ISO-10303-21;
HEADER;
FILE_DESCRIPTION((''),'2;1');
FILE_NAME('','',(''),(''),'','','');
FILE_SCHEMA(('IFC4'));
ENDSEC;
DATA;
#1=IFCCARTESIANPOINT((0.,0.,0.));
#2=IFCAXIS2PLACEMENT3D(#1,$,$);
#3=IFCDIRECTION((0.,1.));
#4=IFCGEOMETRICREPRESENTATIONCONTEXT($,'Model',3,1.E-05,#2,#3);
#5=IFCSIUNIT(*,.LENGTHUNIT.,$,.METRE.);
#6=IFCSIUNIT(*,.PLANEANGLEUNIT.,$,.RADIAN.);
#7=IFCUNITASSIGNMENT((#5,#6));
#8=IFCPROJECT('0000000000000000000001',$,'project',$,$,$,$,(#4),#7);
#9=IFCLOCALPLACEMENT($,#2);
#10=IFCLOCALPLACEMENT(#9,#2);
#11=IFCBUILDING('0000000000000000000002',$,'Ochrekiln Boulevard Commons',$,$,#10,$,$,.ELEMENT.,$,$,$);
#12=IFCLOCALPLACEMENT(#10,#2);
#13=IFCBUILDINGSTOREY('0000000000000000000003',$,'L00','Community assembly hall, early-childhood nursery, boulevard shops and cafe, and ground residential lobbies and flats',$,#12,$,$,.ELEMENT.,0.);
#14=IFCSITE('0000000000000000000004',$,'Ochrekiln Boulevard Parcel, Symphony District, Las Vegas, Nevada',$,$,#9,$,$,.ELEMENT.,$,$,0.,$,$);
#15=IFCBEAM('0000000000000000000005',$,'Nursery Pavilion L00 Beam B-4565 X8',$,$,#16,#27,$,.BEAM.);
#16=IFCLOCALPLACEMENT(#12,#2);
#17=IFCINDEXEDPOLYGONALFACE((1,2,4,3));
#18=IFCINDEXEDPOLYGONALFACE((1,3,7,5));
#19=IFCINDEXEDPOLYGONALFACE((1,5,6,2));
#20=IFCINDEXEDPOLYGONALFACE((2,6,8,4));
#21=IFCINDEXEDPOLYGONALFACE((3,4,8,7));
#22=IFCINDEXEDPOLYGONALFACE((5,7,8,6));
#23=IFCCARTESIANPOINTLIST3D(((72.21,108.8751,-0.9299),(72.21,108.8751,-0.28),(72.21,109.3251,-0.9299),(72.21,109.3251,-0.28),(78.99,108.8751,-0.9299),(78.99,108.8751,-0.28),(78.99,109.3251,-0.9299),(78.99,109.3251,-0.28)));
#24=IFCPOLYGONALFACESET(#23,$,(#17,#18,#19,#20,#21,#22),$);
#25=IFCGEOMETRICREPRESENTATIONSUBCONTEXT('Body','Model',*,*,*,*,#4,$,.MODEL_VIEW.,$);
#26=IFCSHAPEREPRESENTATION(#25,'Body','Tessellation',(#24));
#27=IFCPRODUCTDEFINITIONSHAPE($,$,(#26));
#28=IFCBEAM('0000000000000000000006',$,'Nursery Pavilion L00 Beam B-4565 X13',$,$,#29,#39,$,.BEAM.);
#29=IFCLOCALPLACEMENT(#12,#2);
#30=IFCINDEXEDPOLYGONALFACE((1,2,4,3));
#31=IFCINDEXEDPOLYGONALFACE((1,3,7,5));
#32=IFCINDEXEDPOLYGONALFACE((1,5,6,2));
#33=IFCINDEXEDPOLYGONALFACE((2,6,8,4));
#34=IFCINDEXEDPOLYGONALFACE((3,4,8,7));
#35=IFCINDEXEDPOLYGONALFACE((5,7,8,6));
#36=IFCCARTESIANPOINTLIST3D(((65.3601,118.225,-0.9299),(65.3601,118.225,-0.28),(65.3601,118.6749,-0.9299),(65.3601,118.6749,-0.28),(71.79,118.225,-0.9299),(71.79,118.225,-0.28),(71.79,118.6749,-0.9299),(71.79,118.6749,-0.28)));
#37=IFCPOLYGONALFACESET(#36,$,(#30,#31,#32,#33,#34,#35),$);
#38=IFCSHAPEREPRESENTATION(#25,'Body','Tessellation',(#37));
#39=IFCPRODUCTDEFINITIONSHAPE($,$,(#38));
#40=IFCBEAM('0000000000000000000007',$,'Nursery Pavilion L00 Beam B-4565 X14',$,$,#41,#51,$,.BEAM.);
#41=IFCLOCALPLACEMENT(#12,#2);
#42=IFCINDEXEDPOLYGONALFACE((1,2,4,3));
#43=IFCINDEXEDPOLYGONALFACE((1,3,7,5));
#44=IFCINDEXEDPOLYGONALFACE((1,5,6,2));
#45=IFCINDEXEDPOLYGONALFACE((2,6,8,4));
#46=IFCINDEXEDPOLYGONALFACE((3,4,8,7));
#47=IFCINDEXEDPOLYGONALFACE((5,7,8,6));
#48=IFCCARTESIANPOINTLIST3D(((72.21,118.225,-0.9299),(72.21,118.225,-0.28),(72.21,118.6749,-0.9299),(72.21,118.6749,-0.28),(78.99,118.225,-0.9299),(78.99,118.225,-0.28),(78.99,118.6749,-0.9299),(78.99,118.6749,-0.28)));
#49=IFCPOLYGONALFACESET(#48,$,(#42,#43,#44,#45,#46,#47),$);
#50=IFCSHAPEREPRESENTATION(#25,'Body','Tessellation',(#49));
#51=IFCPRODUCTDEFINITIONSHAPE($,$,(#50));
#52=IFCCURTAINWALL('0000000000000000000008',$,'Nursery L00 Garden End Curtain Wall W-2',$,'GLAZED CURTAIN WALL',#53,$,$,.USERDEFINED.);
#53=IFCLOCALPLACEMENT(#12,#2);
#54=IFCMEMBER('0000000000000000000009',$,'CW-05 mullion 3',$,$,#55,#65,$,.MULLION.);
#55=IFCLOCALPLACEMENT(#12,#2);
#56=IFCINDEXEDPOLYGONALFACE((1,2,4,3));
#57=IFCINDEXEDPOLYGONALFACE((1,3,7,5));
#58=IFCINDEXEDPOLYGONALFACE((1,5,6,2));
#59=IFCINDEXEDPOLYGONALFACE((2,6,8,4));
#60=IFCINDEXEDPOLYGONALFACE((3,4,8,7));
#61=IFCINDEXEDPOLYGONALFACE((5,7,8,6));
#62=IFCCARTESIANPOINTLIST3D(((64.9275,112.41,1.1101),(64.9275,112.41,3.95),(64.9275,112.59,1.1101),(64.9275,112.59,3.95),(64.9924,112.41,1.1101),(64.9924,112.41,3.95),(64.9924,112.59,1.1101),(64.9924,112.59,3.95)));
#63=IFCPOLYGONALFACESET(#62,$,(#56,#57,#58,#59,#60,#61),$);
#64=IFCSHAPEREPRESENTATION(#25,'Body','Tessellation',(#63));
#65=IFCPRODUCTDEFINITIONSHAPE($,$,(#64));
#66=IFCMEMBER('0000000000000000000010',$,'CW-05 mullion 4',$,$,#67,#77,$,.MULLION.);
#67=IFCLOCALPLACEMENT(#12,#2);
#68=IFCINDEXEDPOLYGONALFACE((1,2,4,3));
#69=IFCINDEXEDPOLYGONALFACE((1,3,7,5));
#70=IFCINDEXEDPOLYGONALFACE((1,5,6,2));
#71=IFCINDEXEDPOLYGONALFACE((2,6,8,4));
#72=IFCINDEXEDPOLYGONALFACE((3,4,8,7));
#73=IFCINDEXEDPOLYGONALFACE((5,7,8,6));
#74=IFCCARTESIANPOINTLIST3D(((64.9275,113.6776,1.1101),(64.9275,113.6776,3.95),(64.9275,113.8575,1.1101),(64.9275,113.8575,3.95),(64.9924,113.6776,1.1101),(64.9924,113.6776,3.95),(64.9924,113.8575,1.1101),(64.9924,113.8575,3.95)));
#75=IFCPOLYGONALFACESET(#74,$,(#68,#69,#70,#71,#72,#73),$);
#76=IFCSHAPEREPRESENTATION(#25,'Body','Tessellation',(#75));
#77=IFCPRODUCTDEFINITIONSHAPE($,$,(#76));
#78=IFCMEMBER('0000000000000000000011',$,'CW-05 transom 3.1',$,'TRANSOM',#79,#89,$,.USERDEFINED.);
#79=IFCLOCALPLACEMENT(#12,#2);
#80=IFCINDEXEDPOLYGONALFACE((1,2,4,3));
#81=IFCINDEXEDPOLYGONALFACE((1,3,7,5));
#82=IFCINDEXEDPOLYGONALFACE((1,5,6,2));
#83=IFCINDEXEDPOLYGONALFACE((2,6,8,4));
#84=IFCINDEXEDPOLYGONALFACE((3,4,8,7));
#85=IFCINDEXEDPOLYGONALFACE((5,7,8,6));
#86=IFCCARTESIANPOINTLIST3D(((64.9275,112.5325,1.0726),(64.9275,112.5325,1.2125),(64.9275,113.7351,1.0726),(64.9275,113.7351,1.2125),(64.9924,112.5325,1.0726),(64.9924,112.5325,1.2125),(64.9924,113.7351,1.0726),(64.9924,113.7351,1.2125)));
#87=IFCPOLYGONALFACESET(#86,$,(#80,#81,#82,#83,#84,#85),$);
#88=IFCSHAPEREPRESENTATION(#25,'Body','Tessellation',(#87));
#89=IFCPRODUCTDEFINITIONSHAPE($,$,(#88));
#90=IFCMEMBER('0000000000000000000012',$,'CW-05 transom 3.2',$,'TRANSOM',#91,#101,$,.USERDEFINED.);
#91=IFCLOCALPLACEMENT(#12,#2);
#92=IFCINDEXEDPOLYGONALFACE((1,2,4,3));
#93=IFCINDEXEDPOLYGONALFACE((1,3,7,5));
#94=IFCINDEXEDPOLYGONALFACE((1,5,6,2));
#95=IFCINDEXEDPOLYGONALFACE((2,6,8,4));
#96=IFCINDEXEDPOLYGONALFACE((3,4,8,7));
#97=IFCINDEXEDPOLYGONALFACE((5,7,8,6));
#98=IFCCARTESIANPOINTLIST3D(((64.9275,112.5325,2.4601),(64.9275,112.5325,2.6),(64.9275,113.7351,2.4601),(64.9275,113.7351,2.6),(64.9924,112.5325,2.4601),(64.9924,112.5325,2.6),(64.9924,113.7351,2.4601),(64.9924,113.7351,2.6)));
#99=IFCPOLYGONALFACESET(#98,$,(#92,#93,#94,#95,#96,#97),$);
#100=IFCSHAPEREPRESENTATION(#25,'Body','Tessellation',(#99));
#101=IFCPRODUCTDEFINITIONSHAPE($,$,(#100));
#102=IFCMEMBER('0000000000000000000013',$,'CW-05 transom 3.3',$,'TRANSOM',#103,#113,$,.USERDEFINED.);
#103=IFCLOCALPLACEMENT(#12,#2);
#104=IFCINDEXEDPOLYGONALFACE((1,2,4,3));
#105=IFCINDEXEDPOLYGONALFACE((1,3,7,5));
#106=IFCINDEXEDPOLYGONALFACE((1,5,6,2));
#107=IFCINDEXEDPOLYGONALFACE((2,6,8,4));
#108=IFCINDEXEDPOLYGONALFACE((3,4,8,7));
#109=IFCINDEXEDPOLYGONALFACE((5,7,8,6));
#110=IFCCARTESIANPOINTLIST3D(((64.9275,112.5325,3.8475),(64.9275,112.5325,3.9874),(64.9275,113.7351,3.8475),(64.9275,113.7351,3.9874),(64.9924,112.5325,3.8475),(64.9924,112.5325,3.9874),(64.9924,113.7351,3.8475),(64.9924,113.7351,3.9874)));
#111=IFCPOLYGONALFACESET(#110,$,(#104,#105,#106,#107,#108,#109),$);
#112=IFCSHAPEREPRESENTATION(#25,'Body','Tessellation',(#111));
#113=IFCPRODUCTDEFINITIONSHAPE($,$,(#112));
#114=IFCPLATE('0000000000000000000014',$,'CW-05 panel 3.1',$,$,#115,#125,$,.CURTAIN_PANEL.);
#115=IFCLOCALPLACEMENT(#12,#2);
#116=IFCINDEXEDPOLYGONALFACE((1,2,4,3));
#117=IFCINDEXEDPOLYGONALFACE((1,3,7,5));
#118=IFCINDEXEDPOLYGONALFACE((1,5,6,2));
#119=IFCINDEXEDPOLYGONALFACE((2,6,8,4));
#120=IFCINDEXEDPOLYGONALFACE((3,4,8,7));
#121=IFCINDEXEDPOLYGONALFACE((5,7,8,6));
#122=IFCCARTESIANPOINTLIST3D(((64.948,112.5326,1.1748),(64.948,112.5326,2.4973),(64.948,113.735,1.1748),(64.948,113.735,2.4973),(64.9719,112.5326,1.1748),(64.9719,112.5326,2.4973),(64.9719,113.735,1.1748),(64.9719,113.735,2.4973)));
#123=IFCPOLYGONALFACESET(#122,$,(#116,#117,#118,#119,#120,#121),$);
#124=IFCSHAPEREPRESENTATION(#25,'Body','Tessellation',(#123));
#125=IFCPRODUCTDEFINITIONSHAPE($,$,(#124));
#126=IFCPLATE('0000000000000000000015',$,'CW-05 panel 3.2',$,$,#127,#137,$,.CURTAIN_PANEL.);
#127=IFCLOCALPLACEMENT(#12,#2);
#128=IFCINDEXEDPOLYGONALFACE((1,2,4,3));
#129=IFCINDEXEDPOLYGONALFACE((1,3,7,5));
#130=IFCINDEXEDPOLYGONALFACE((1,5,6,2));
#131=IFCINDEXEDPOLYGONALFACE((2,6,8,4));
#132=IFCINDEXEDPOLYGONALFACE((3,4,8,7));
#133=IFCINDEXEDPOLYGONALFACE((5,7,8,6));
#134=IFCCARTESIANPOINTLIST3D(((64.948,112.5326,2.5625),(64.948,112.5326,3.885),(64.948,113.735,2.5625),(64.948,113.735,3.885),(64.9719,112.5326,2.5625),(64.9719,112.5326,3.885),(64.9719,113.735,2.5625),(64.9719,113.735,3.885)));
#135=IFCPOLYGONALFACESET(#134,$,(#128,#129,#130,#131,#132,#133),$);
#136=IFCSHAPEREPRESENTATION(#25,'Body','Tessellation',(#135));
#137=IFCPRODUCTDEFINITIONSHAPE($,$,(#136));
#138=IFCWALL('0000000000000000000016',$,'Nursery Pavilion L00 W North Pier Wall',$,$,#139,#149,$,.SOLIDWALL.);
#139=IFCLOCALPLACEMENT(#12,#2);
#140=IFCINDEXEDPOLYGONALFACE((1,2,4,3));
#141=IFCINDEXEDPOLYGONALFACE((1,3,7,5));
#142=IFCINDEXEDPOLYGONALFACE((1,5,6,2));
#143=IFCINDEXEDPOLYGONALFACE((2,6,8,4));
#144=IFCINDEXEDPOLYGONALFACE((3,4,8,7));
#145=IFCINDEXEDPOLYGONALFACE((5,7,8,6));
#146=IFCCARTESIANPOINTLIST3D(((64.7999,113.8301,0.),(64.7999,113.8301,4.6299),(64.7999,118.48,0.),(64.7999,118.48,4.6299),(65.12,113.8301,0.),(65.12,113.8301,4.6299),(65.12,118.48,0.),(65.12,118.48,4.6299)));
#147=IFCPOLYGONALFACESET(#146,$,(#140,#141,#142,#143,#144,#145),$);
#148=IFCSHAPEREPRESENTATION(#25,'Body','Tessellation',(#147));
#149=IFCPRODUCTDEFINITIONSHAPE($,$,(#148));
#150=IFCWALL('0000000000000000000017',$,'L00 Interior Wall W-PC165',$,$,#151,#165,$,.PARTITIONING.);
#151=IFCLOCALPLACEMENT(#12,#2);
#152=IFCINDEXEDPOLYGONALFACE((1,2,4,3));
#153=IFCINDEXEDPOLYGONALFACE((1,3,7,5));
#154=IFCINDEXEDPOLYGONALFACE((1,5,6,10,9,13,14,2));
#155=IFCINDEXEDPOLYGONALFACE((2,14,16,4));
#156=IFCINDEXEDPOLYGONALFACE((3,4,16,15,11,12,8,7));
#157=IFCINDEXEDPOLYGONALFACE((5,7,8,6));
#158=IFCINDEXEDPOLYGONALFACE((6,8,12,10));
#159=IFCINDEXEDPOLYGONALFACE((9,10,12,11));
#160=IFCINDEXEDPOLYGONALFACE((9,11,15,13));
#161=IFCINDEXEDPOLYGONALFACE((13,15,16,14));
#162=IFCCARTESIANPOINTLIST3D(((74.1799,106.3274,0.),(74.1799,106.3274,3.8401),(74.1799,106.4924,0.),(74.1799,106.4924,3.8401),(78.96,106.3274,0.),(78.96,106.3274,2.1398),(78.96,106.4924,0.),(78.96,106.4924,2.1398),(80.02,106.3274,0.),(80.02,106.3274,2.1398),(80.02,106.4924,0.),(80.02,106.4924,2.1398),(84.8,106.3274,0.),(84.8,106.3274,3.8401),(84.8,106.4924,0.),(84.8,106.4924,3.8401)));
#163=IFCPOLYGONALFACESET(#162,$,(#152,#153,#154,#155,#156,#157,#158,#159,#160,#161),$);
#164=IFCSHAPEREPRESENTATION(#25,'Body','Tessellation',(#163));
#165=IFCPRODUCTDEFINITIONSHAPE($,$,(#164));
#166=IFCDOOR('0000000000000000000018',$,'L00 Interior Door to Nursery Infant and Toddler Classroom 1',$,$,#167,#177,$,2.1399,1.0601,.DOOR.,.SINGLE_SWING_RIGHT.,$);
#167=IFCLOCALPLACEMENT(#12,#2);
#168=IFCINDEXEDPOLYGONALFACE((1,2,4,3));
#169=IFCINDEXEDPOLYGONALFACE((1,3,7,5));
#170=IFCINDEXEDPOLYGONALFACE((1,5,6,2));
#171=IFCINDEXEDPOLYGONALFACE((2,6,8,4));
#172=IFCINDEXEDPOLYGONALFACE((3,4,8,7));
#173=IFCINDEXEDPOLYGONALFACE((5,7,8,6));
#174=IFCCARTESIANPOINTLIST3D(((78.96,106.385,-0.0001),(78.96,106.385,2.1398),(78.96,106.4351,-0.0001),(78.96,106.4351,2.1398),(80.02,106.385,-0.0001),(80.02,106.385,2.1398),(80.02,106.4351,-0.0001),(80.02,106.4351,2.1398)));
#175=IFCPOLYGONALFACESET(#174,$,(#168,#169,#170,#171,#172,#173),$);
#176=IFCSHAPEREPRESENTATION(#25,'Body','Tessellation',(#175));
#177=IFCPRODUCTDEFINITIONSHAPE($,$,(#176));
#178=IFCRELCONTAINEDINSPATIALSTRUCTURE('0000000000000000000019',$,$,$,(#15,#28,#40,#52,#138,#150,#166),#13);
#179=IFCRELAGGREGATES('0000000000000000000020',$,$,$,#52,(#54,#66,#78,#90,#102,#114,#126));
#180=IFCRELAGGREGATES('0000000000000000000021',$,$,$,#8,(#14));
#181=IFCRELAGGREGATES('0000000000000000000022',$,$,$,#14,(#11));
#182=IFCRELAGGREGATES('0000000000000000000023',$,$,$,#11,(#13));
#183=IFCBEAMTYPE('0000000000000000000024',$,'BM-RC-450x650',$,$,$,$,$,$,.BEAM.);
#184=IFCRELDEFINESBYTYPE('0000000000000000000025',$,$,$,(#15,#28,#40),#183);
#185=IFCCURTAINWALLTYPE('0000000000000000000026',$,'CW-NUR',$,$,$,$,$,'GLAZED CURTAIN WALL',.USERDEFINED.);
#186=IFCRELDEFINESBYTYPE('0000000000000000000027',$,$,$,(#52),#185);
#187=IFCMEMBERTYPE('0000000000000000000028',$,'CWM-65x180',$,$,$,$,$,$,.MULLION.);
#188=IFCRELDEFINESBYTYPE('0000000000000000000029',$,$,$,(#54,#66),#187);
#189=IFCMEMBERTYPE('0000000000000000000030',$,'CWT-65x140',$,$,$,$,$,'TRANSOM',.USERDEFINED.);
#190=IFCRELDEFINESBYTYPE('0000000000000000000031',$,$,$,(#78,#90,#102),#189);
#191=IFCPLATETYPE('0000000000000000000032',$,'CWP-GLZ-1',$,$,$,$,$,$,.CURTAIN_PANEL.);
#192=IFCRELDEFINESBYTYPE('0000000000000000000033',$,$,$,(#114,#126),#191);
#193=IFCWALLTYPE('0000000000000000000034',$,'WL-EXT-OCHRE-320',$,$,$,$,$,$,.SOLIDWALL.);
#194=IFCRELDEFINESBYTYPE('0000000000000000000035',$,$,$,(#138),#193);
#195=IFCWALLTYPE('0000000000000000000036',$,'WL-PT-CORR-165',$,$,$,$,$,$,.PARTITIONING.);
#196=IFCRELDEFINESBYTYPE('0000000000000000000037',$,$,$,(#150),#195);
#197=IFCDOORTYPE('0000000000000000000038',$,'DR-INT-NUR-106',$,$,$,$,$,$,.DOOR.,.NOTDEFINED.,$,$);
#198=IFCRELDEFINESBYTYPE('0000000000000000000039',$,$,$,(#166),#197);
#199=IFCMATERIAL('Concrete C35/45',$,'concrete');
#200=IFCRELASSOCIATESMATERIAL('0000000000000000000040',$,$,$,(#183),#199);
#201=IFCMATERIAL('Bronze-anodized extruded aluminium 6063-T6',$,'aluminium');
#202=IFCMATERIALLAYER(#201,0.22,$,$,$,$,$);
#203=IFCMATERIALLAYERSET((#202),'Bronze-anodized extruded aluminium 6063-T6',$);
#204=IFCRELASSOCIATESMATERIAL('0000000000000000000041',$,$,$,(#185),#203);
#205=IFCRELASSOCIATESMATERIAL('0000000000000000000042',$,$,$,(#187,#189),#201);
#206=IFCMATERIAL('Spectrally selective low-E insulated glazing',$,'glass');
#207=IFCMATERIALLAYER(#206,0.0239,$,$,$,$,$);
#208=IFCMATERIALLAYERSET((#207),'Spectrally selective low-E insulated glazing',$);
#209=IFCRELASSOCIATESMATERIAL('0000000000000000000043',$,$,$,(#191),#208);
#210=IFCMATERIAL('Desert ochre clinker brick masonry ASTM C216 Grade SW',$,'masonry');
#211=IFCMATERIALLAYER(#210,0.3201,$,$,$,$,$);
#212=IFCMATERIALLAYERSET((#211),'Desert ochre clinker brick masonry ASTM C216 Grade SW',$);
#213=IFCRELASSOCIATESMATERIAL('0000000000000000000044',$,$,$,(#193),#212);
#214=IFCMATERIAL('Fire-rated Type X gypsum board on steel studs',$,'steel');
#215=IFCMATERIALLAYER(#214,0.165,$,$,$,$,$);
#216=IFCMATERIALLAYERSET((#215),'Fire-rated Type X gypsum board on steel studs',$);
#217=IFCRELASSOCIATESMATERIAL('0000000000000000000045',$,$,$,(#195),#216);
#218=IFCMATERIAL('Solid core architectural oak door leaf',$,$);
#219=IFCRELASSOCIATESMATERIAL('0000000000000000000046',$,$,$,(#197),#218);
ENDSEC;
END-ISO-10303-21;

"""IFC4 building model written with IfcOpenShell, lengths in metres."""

from ifc_helpers import new_model, si_unit, direction, frame, frame_2d, origin, origin_2d, place, context, subcontext, project, spatial, rectangle, extrude, material, layer, layer_set, material_profile, profile_set, type_object, element, fill, aggregate, save


model = new_model("IFC4")

# Units and contexts
model_context = context("Model", 3, precision=1e-05, world=origin(), true_north=direction((0.0, 1.0)))
body_context = subcontext(model_context, "Body", "Model", "MODEL_VIEW")
ifc_project = project(units=[si_unit("LENGTHUNIT", "METRE"), si_unit("PLANEANGLEUNIT", "RADIAN")], contexts=[model_context])

# Site, building, storey
site_placement = place(None, origin())
site = spatial("IfcSite", under=ifc_project, at=site_placement, Name="Ochrekiln Boulevard Parcel, Symphony District, Las Vegas, Nevada", CompositionType="ELEMENT", RefElevation=0.0)
building_placement = place(site_placement, origin())
building = spatial("IfcBuilding", under=site, at=building_placement, Name="Ochrekiln Boulevard Commons", CompositionType="ELEMENT")
storey_placement = place(building_placement, origin())
storey = spatial("IfcBuildingStorey", under=building, at=storey_placement, Name="L00", Description="Community assembly hall, early-childhood nursery, boulevard shops and cafe, and ground residential lobbies and flats", CompositionType="ELEMENT", Elevation=0.0)

# Beams
ifc_material_1 = material(Name="Concrete C35/45", Category="concrete")
ifc_material_profile_1 = material_profile(ifc_material_1, rectangle(XDim=0.45, YDim=0.6499, at=origin_2d()), Name="RC-BM-450x650")
ifc_profile_set_1 = profile_set([ifc_material_profile_1], Name="Concrete C35/45")
beam_type_1 = type_object("IfcBeamType", Name="BM-RC-450x650", PredefinedType="BEAM", material=ifc_profile_set_1)
beam_1_placement = place(storey_placement, frame((72.21, 109.1001, -0.605), z_axis=(1.0, 0.0, 0.0), x_axis=(0.0, 1.0, 0.0)))
element("IfcBeam", 1, at=beam_1_placement, inside=storey, type_object=beam_type_1, Name="Nursery Pavilion L00 Beam B-4565 X8", PredefinedType="BEAM", context=body_context, shape_type="SweptSolid", body=[
    extrude(rectangle(XDim=0.45, YDim=0.6499, at=origin_2d()), origin(), (0.0, 0.0, 1.0), 6.78),
])
beam_2_placement = place(storey_placement, frame((65.3601, 118.45, -0.605), z_axis=(1.0, 0.0, 0.0), x_axis=(0.0, 1.0, 0.0)))
element("IfcBeam", 2, at=beam_2_placement, inside=storey, type_object=beam_type_1, Name="Nursery Pavilion L00 Beam B-4565 X13", PredefinedType="BEAM", context=body_context, shape_type="SweptSolid", body=[
    extrude(rectangle(XDim=0.45, YDim=0.6499, at=origin_2d()), origin(), (0.0, 0.0, 1.0), 6.4299),
])
beam_3_placement = place(storey_placement, frame((72.21, 118.45, -0.605), z_axis=(1.0, 0.0, 0.0), x_axis=(0.0, 1.0, 0.0)))
element("IfcBeam", 3, at=beam_3_placement, inside=storey, type_object=beam_type_1, Name="Nursery Pavilion L00 Beam B-4565 X14", PredefinedType="BEAM", context=body_context, shape_type="SweptSolid", body=[
    extrude(rectangle(XDim=0.45, YDim=0.6499, at=origin_2d()), origin(), (0.0, 0.0, 1.0), 6.78),
])

# Curtain wall, members, plates
ifc_material_2 = material(Name="Bronze-anodized extruded aluminium 6063-T6", Category="aluminium")
ifc_layer_1 = layer(ifc_material_2, 0.22)
ifc_layer_set_1 = layer_set([ifc_layer_1], Name="Bronze-anodized extruded aluminium 6063-T6")
curtain_wall_type = type_object("IfcCurtainWallType", Name="CW-NUR", ElementType="GLAZED CURTAIN WALL", PredefinedType="USERDEFINED", material=ifc_layer_set_1)
curtain_wall_placement = place(storey_placement, origin())
curtain_wall = element("IfcCurtainWall", 4, at=curtain_wall_placement, inside=storey, type_object=curtain_wall_type, Name="Nursery L00 Garden End Curtain Wall W-2", ObjectType="GLAZED CURTAIN WALL", PredefinedType="USERDEFINED")
ifc_material_profile_2 = material_profile(ifc_material_2, rectangle(XDim=0.0649, YDim=0.1799, at=origin_2d()), Name="ALU-MUL-65x180")
ifc_profile_set_2 = profile_set([ifc_material_profile_2], Name="Bronze-anodized extruded aluminium 6063-T6")
member_type_1 = type_object("IfcMemberType", Name="CWM-65x180", PredefinedType="MULLION", material=ifc_profile_set_2)
member_1_placement = place(storey_placement, frame((64.96, 112.5, 1.1101), z_axis=(0.0, 0.0, 1.0), x_axis=(-1.0, 0.0, 0.0)))
member_1 = element("IfcMember", 5, at=member_1_placement, type_object=member_type_1, Name="CW-05 mullion 3", PredefinedType="MULLION", context=body_context, shape_type="SweptSolid", body=[
    extrude(rectangle(XDim=0.0649, YDim=0.1799, at=origin_2d()), origin(), (0.0, 0.0, 1.0), 2.8398),
])
member_2_placement = place(storey_placement, frame((64.96, 113.7676, 1.1101), z_axis=(0.0, 0.0, 1.0), x_axis=(-1.0, 0.0, 0.0)))
member_2 = element("IfcMember", 6, at=member_2_placement, type_object=member_type_1, Name="CW-05 mullion 4", PredefinedType="MULLION", context=body_context, shape_type="SweptSolid", body=[
    extrude(rectangle(XDim=0.0649, YDim=0.1799, at=origin_2d()), origin(), (0.0, 0.0, 1.0), 2.8398),
])
ifc_material_profile_3 = material_profile(ifc_material_2, rectangle(XDim=0.0649, YDim=0.1399, at=origin_2d()), Name="ALU-TRN-65x140")
ifc_profile_set_3 = profile_set([ifc_material_profile_3], Name="Bronze-anodized extruded aluminium 6063-T6")
member_type_2 = type_object("IfcMemberType", Name="CWT-65x140", ElementType="TRANSOM", PredefinedType="USERDEFINED", material=ifc_profile_set_3)
member_3_placement = place(storey_placement, frame((64.96, 112.5325, 1.1426), z_axis=(0.0, 1.0, 0.0), x_axis=(-1.0, 0.0, 0.0)))
member_3 = element("IfcMember", 7, at=member_3_placement, type_object=member_type_2, Name="CW-05 transom 3.1", ObjectType="TRANSOM", PredefinedType="USERDEFINED", context=body_context, shape_type="SweptSolid", body=[
    extrude(rectangle(XDim=0.0649, YDim=0.1399, at=origin_2d()), origin(), (0.0, 0.0, 1.0), 1.2026),
])
member_4_placement = place(storey_placement, frame((64.96, 112.5325, 2.53), z_axis=(0.0, 1.0, 0.0), x_axis=(-1.0, 0.0, 0.0)))
member_4 = element("IfcMember", 8, at=member_4_placement, type_object=member_type_2, Name="CW-05 transom 3.2", ObjectType="TRANSOM", PredefinedType="USERDEFINED", context=body_context, shape_type="SweptSolid", body=[
    extrude(rectangle(XDim=0.0649, YDim=0.1399, at=origin_2d()), origin(), (0.0, 0.0, 1.0), 1.2026),
])
member_5_placement = place(storey_placement, frame((64.96, 112.5325, 3.9175), z_axis=(0.0, 1.0, 0.0), x_axis=(-1.0, 0.0, 0.0)))
member_5 = element("IfcMember", 9, at=member_5_placement, type_object=member_type_2, Name="CW-05 transom 3.3", ObjectType="TRANSOM", PredefinedType="USERDEFINED", context=body_context, shape_type="SweptSolid", body=[
    extrude(rectangle(XDim=0.0649, YDim=0.1399, at=origin_2d()), origin(), (0.0, 0.0, 1.0), 1.2026),
])
ifc_material_3 = material(Name="Spectrally selective low-E insulated glazing", Category="glass")
ifc_layer_2 = layer(ifc_material_3, 0.0239)
ifc_layer_set_2 = layer_set([ifc_layer_2], Name="Spectrally selective low-E insulated glazing")
plate_type = type_object("IfcPlateType", Name="CWP-GLZ-1", PredefinedType="CURTAIN_PANEL", material=ifc_layer_set_2)
plate_1_placement = place(storey_placement, frame((64.96, 113.1338, 1.1748), z_axis=(0.0, 0.0, 1.0), x_axis=(0.0, 1.0, 0.0)))
plate_1 = element("IfcPlate", 10, at=plate_1_placement, type_object=plate_type, Name="CW-05 panel 3.1", PredefinedType="CURTAIN_PANEL", context=body_context, shape_type="SweptSolid", body=[
    extrude(rectangle(XDim=1.2024, YDim=0.0239, at=origin_2d()), origin(), (0.0, 0.0, 1.0), 1.3225),
])
plate_2_placement = place(storey_placement, frame((64.96, 113.1338, 2.5625), z_axis=(0.0, 0.0, 1.0), x_axis=(0.0, 1.0, 0.0)))
plate_2 = element("IfcPlate", 11, at=plate_2_placement, type_object=plate_type, Name="CW-05 panel 3.2", PredefinedType="CURTAIN_PANEL", context=body_context, shape_type="SweptSolid", body=[
    extrude(rectangle(XDim=1.2024, YDim=0.0239, at=origin_2d()), origin(), (0.0, 0.0, 1.0), 1.3225),
])
aggregate(curtain_wall, [member_1, member_2, member_3, member_4, member_5, plate_1, plate_2])

# Wall
ifc_material_4 = material(Name="Desert ochre clinker brick masonry ASTM C216 Grade SW", Category="masonry")
ifc_layer_3 = layer(ifc_material_4, 0.3201)
ifc_layer_set_3 = layer_set([ifc_layer_3], Name="Desert ochre clinker brick masonry ASTM C216 Grade SW")
wall_type_1 = type_object("IfcWallType", Name="WL-EXT-OCHRE-320", PredefinedType="SOLIDWALL", material=ifc_layer_set_3)
wall_1_placement = place(storey_placement, frame((64.96, 113.8301, 0.0), z_axis=(0.0, 0.0, 1.0), x_axis=(0.0, 1.0, 0.0)))
element("IfcWall", 12, at=wall_1_placement, inside=storey, type_object=wall_type_1, Name="Nursery Pavilion L00 W North Pier Wall", PredefinedType="SOLIDWALL", context=body_context, shape_type="SweptSolid", body=[
    extrude(rectangle(XDim=4.6499, YDim=0.3201, at=frame_2d((2.325, 0.0))), origin(), (0.0, 0.0, 1.0), 4.6299),
])

# Wall, opening, door
ifc_material_5 = material(Name="Fire-rated Type X gypsum board on steel studs", Category="steel")
ifc_layer_4 = layer(ifc_material_5, 0.165)
ifc_layer_set_4 = layer_set([ifc_layer_4], Name="Fire-rated Type X gypsum board on steel studs")
wall_type_2 = type_object("IfcWallType", Name="WL-PT-CORR-165", PredefinedType="PARTITIONING", material=ifc_layer_set_4)
wall_2_placement = place(storey_placement, frame((74.1799, 106.4099, 0.0), z_axis=(0.0, 0.0, 1.0), x_axis=(1.0, 0.0, 0.0)))
wall_2 = element("IfcWall", 13, at=wall_2_placement, inside=storey, type_object=wall_type_2, Name="L00 Interior Wall W-PC165", PredefinedType="PARTITIONING", context=body_context, shape_type="SweptSolid", body=[
    extrude(rectangle(XDim=10.6201, YDim=0.165, at=frame_2d((5.3101, 0.0))), origin(), (0.0, 0.0, 1.0), 3.8401),
])
opening_1_placement = place(wall_2_placement, frame((4.78, 0.0, 0.0)))
opening_1 = element("IfcOpeningElement", 14, at=opening_1_placement, cuts=wall_2, PredefinedType="OPENING", context=body_context, shape_type="SweptSolid", body=[
    extrude(rectangle(XDim=1.0601, YDim=2.1399, at=frame_2d((0.53, 1.0698))), frame((0.0, 0.0925, 0.0), z_axis=(0.0, -1.0, 0.0), x_axis=(1.0, 0.0, 0.0)), (0.0, 0.0, 1.0), 0.1851),
])
ifc_material_6 = material(Name="Solid core architectural oak door leaf")
door_type_1 = type_object("IfcDoorType", Name="DR-INT-NUR-106", OperationType="NOTDEFINED", PredefinedType="DOOR", material=ifc_material_6)
door_1_placement = place(opening_1_placement, frame((1.0601, 0.0, 0.0), z_axis=(0.0, 0.0, 1.0), x_axis=(-1.0, 0.0, 0.0)))
door_1 = element("IfcDoor", 15, at=door_1_placement, inside=storey, type_object=door_type_1, Name="L00 Interior Door to Nursery Infant and Toddler Classroom 1", OperationType="SINGLE_SWING_RIGHT", OverallHeight=2.1399, OverallWidth=1.0601, PredefinedType="DOOR", context=body_context, shape_type="SweptSolid", body=[
    extrude(rectangle(XDim=1.0601, YDim=2.1399, at=frame_2d((0.53, 1.0698))), frame((0.0, 0.0249, 0.0), z_axis=(0.0, -1.0, 0.0), x_axis=(1.0, 0.0, 0.0)), (0.0, 0.0, 1.0), 0.05),
])
fill(opening_1, door_1)

save(model, "model.ifc")
